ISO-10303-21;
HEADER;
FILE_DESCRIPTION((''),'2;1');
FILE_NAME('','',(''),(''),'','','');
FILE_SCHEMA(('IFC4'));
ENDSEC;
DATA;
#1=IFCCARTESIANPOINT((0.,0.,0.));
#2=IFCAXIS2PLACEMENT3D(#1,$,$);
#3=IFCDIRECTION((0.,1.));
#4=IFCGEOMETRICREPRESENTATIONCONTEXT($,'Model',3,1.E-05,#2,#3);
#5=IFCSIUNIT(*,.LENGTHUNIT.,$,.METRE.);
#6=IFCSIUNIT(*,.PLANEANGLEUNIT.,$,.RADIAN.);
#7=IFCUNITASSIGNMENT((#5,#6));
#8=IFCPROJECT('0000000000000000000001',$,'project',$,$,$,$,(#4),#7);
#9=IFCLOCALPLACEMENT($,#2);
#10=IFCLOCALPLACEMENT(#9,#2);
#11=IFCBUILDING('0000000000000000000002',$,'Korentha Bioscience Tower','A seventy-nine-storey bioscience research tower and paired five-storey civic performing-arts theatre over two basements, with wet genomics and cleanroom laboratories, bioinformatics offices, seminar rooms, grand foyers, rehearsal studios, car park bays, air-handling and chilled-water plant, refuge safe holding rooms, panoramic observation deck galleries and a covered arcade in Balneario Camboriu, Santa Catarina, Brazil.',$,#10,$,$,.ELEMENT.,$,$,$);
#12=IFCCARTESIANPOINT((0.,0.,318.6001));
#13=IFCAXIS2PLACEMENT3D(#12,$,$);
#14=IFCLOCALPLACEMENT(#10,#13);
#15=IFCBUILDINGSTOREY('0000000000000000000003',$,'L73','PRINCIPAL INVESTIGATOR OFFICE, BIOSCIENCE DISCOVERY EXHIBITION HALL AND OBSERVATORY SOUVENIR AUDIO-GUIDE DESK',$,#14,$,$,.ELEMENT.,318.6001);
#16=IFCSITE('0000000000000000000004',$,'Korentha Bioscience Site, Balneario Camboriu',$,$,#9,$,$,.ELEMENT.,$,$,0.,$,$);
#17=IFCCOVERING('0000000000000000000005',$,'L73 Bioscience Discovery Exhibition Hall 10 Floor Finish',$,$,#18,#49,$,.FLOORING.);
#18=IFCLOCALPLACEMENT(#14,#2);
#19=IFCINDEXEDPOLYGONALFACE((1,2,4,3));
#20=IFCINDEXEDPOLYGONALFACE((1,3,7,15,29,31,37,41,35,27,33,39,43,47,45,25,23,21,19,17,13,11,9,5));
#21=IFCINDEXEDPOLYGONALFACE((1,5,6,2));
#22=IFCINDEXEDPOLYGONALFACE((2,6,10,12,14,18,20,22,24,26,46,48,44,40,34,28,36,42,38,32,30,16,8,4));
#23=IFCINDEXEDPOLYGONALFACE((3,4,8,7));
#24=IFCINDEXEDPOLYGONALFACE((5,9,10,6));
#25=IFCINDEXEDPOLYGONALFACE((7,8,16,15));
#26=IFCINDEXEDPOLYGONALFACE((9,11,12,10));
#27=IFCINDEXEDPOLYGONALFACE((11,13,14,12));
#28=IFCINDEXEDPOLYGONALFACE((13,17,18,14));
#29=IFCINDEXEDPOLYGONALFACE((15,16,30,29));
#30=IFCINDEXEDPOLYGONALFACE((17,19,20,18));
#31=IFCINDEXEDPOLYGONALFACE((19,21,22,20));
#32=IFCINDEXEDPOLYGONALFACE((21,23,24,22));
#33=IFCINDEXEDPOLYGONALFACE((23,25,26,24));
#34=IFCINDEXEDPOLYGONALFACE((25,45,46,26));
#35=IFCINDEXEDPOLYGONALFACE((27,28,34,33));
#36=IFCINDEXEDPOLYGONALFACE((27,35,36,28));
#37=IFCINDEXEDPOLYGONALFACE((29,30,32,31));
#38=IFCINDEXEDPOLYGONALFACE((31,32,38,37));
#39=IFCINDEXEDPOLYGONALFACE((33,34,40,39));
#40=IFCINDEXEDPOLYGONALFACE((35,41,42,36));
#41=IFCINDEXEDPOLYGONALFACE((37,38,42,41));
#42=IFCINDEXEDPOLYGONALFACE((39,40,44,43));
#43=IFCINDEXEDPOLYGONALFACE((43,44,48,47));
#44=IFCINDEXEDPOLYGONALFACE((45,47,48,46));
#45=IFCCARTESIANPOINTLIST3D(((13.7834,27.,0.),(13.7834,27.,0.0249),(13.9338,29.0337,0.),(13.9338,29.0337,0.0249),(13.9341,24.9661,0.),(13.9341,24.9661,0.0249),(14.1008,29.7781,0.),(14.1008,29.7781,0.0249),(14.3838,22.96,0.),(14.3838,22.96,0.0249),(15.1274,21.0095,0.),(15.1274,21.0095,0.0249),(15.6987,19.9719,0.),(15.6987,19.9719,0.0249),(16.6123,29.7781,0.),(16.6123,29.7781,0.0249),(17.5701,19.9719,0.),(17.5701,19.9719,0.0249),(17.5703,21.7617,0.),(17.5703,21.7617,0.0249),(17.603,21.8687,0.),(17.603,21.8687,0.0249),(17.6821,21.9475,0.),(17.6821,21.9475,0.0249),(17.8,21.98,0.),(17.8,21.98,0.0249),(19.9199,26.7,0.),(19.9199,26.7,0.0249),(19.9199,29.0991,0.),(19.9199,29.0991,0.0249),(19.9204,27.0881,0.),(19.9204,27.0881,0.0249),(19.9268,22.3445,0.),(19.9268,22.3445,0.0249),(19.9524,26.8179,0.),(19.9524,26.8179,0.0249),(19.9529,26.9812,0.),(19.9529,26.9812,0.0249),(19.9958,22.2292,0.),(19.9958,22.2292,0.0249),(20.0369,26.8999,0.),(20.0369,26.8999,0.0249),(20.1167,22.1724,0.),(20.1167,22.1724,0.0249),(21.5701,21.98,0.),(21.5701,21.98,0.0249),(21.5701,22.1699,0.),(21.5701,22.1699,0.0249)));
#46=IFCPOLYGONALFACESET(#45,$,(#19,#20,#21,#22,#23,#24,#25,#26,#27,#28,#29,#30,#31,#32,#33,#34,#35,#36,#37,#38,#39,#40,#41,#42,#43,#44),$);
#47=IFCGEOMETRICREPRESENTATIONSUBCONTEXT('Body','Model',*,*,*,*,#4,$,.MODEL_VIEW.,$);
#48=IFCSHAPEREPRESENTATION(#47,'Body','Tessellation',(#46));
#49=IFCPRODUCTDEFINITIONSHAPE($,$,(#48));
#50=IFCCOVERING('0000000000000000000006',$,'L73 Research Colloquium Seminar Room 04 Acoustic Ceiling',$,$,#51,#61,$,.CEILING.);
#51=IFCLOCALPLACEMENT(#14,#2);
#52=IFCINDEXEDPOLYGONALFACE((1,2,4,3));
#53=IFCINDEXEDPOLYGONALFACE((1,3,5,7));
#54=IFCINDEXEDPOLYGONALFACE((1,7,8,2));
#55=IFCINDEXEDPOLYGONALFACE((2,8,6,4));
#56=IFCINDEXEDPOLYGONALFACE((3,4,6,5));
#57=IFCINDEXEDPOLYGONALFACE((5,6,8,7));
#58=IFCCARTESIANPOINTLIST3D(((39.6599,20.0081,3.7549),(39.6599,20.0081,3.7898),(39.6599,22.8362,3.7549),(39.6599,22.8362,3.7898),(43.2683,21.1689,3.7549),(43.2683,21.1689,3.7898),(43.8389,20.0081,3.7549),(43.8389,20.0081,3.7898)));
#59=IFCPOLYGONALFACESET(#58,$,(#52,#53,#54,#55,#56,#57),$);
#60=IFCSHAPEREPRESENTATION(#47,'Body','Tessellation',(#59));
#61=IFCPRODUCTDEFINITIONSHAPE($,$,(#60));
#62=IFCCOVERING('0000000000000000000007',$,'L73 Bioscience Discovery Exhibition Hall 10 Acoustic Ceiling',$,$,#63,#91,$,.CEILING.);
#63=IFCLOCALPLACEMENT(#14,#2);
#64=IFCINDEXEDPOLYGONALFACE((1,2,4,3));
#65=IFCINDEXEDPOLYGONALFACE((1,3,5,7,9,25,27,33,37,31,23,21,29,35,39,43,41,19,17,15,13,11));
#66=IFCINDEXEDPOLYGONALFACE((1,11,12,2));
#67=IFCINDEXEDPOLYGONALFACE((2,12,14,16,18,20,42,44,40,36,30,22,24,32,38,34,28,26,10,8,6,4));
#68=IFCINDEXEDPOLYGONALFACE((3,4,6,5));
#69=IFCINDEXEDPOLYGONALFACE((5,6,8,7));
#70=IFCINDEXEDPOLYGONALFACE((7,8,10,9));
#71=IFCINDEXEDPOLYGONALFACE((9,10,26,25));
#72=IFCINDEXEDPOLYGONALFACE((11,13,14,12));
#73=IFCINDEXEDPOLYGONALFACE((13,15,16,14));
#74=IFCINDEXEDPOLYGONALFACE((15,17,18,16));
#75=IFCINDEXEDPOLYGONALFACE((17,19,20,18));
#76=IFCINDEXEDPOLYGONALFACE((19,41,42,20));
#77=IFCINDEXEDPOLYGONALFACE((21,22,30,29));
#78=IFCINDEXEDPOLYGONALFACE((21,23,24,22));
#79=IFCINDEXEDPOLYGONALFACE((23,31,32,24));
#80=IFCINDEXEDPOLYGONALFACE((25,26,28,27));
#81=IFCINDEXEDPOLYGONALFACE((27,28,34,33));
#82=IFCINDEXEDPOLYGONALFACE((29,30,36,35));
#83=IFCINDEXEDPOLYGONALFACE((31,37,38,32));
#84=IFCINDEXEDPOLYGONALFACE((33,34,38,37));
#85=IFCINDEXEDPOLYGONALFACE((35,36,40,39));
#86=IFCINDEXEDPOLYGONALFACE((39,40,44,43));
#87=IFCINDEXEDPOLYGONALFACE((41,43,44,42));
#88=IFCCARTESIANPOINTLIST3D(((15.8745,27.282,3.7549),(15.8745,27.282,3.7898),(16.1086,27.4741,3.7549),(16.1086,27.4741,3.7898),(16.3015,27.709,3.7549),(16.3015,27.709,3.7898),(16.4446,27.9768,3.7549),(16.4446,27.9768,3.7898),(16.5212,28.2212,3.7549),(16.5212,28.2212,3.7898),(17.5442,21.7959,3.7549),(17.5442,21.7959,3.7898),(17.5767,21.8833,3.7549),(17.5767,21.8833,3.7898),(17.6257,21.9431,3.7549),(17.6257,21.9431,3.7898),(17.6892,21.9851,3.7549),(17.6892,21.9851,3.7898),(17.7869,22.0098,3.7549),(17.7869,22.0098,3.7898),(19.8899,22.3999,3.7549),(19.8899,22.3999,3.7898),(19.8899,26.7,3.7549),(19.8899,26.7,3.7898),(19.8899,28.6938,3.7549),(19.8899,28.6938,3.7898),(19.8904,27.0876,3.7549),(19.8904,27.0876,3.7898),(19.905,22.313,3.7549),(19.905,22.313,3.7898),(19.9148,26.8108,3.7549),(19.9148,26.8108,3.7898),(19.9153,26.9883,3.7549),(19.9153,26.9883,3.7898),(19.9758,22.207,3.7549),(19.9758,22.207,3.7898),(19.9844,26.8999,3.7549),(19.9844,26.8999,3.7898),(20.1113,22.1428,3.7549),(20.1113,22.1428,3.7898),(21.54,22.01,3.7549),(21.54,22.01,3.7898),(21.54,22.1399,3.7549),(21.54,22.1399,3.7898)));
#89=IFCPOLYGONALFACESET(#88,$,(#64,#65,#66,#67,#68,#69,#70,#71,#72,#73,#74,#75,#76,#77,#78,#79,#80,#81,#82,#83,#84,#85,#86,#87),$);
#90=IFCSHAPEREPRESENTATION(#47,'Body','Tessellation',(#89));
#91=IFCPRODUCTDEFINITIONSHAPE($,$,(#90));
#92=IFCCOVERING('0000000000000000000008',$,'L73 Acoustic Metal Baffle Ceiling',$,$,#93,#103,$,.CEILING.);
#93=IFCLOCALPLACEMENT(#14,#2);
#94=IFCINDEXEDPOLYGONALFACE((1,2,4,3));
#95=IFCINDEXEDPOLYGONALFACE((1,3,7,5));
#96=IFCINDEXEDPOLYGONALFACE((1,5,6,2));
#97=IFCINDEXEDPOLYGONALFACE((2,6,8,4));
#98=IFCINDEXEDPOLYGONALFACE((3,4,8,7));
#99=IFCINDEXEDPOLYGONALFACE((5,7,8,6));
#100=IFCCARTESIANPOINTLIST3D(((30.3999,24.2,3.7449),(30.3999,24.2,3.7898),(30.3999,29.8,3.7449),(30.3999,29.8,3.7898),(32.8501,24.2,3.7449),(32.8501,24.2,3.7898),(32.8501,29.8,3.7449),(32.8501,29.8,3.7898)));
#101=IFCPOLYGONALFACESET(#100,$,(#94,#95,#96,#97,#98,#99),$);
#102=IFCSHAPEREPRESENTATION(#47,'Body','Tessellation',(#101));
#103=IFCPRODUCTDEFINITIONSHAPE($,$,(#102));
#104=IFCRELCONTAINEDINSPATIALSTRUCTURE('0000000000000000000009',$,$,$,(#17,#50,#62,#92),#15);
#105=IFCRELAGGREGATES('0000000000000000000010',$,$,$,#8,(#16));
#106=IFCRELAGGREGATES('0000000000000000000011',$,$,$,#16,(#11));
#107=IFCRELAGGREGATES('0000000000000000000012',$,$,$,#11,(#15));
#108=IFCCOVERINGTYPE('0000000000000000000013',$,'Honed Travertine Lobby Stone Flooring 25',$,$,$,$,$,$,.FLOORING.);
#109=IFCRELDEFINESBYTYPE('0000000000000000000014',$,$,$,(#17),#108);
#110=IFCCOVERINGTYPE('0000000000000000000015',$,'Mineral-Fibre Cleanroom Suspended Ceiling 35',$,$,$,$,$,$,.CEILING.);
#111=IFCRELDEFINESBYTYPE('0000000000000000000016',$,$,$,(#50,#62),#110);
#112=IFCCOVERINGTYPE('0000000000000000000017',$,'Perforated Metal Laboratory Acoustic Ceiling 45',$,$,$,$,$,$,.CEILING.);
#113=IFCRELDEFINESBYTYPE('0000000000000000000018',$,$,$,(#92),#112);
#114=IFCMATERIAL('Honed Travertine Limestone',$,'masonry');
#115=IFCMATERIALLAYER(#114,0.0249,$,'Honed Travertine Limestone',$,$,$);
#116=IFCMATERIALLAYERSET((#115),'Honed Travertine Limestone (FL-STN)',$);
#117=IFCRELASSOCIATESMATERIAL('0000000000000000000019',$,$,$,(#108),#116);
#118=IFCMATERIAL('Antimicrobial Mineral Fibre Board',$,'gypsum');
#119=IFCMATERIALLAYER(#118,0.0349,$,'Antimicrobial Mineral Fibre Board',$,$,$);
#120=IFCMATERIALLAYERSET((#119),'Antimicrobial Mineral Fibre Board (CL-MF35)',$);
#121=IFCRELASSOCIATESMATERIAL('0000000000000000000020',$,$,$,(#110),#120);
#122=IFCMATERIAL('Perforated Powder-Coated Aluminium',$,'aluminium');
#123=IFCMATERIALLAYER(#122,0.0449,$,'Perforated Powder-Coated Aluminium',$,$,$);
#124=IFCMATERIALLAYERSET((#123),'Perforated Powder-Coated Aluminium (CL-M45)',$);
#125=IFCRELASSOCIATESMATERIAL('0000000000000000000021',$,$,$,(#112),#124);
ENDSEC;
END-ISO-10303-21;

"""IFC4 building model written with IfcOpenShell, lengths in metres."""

from ifc_helpers import new_model, si_unit, direction, frame, origin, place, context, subcontext, project, spatial, polyline, outline, extrude, material, layer, layer_set, type_object, element, save


model = new_model("IFC4")

# Units and contexts
model_context = context("Model", 3, precision=1e-05, world=origin(), true_north=direction((0.0, 1.0)))
body_context = subcontext(model_context, "Body", "Model", "MODEL_VIEW")
ifc_project = project(units=[si_unit("LENGTHUNIT", "METRE"), si_unit("PLANEANGLEUNIT", "RADIAN")], contexts=[model_context])

# Site, building, storey
site_placement = place(None, origin())
site = spatial("IfcSite", under=ifc_project, at=site_placement, Name="Korentha Bioscience Site, Balneario Camboriu", CompositionType="ELEMENT", RefElevation=0.0)
building_placement = place(site_placement, origin())
building = spatial("IfcBuilding", under=site, at=building_placement, Name="Korentha Bioscience Tower", Description="A seventy-nine-storey bioscience research tower and paired five-storey civic performing-arts theatre over two basements, with wet genomics and cleanroom laboratories, bioinformatics offices, seminar rooms, grand foyers, rehearsal studios, car park bays, air-handling and chilled-water plant, refuge safe holding rooms, panoramic observation deck galleries and a covered arcade in Balneario Camboriu, Santa Catarina, Brazil.", CompositionType="ELEMENT")
storey_placement = place(building_placement, frame((0.0, 0.0, 318.6001)))
storey = spatial("IfcBuildingStorey", under=building, at=storey_placement, Name="L73", Description="PRINCIPAL INVESTIGATOR OFFICE, BIOSCIENCE DISCOVERY EXHIBITION HALL AND OBSERVATORY SOUVENIR AUDIO-GUIDE DESK", CompositionType="ELEMENT", Elevation=318.6001)

# Coverings
ifc_material_1 = material(Name="Honed Travertine Limestone", Category="masonry")
ifc_layer_1 = layer(ifc_material_1, 0.0249, Name="Honed Travertine Limestone")
ifc_layer_set_1 = layer_set([ifc_layer_1], Name="Honed Travertine Limestone (FL-STN)")
covering_type_1 = type_object("IfcCoveringType", Name="Honed Travertine Lobby Stone Flooring 25", PredefinedType="FLOORING", material=ifc_layer_set_1)
covering_1_placement = place(storey_placement, origin())
element("IfcCovering", 1, at=covering_1_placement, inside=storey, type_object=covering_type_1, Name="L73 Bioscience Discovery Exhibition Hall 10 Floor Finish", PredefinedType="FLOORING", context=body_context, shape_type="SweptSolid", body=[
    extrude(outline(polyline([(16.6123, 29.7781), (19.9199, 29.0991), (19.9204, 27.0881), (19.9529, 26.9812), (20.0369, 26.8999), (19.9524, 26.8179), (19.9199, 26.7), (19.9268, 22.3445), (19.9958, 22.2292), (20.1167, 22.1724), (21.5701, 22.1699), (21.5701, 21.98), (17.8, 21.98), (17.6821, 21.9475), (17.603, 21.8687), (17.5703, 21.7617), (17.5701, 19.9719), (15.6987, 19.9719), (15.1274, 21.0095), (14.3838, 22.96), (13.9341, 24.9661), (13.7834, 27.0), (13.9338, 29.0337), (14.1008, 29.7781), (16.6123, 29.7781)])), origin(), (0.0, 0.0, 1.0), 0.0249),
])
ifc_material_2 = material(Name="Antimicrobial Mineral Fibre Board", Category="gypsum")
ifc_layer_2 = layer(ifc_material_2, 0.0349, Name="Antimicrobial Mineral Fibre Board")
ifc_layer_set_2 = layer_set([ifc_layer_2], Name="Antimicrobial Mineral Fibre Board (CL-MF35)")
covering_type_2 = type_object("IfcCoveringType", Name="Mineral-Fibre Cleanroom Suspended Ceiling 35", PredefinedType="CEILING", material=ifc_layer_set_2)
covering_2_placement = place(storey_placement, frame((0.0, 0.0, 3.7549)))
element("IfcCovering", 2, at=covering_2_placement, inside=storey, type_object=covering_type_2, Name="L73 Research Colloquium Seminar Room 04 Acoustic Ceiling", PredefinedType="CEILING", context=body_context, shape_type="SweptSolid", body=[
    extrude(outline(polyline([(39.6599, 22.8362), (43.2683, 21.1689), (43.8389, 20.0081), (39.6599, 20.0081), (39.6599, 22.8362)])), origin(), (0.0, 0.0, 1.0), 0.0349),
])
covering_3_placement = place(storey_placement, frame((0.0, 0.0, 3.7549)))
element("IfcCovering", 3, at=covering_3_placement, inside=storey, type_object=covering_type_2, Name="L73 Bioscience Discovery Exhibition Hall 10 Acoustic Ceiling", PredefinedType="CEILING", context=body_context, shape_type="SweptSolid", body=[
    extrude(outline(polyline([(19.8904, 27.0876), (19.9153, 26.9883), (19.9844, 26.8999), (19.9148, 26.8108), (19.8899, 26.7), (19.8899, 22.3999), (19.905, 22.313), (19.9758, 22.207), (20.1113, 22.1428), (21.54, 22.1399), (21.54, 22.01), (17.7869, 22.0098), (17.6892, 21.9851), (17.6257, 21.9431), (17.5767, 21.8833), (17.5442, 21.7959), (15.8745, 27.282), (16.1086, 27.4741), (16.3015, 27.709), (16.4446, 27.9768), (16.5212, 28.2212), (19.8899, 28.6938), (19.8904, 27.0876)])), origin(), (0.0, 0.0, 1.0), 0.0349),
])
ifc_material_3 = material(Name="Perforated Powder-Coated Aluminium", Category="aluminium")
ifc_layer_3 = layer(ifc_material_3, 0.0449, Name="Perforated Powder-Coated Aluminium")
ifc_layer_set_3 = layer_set([ifc_layer_3], Name="Perforated Powder-Coated Aluminium (CL-M45)")
covering_type_3 = type_object("IfcCoveringType", Name="Perforated Metal Laboratory Acoustic Ceiling 45", PredefinedType="CEILING", material=ifc_layer_set_3)
covering_4_placement = place(storey_placement, frame((0.0, 0.0, 3.7449)))
element("IfcCovering", 4, at=covering_4_placement, inside=storey, type_object=covering_type_3, Name="L73 Acoustic Metal Baffle Ceiling", PredefinedType="CEILING", context=body_context, shape_type="SweptSolid", body=[
    extrude(outline(polyline([(30.3999, 24.2), (32.8501, 24.2), (32.8501, 29.8), (30.3999, 29.8), (30.3999, 24.2)])), origin(), (0.0, 0.0, 1.0), 0.0449),
])

save(model, "model.ifc")
